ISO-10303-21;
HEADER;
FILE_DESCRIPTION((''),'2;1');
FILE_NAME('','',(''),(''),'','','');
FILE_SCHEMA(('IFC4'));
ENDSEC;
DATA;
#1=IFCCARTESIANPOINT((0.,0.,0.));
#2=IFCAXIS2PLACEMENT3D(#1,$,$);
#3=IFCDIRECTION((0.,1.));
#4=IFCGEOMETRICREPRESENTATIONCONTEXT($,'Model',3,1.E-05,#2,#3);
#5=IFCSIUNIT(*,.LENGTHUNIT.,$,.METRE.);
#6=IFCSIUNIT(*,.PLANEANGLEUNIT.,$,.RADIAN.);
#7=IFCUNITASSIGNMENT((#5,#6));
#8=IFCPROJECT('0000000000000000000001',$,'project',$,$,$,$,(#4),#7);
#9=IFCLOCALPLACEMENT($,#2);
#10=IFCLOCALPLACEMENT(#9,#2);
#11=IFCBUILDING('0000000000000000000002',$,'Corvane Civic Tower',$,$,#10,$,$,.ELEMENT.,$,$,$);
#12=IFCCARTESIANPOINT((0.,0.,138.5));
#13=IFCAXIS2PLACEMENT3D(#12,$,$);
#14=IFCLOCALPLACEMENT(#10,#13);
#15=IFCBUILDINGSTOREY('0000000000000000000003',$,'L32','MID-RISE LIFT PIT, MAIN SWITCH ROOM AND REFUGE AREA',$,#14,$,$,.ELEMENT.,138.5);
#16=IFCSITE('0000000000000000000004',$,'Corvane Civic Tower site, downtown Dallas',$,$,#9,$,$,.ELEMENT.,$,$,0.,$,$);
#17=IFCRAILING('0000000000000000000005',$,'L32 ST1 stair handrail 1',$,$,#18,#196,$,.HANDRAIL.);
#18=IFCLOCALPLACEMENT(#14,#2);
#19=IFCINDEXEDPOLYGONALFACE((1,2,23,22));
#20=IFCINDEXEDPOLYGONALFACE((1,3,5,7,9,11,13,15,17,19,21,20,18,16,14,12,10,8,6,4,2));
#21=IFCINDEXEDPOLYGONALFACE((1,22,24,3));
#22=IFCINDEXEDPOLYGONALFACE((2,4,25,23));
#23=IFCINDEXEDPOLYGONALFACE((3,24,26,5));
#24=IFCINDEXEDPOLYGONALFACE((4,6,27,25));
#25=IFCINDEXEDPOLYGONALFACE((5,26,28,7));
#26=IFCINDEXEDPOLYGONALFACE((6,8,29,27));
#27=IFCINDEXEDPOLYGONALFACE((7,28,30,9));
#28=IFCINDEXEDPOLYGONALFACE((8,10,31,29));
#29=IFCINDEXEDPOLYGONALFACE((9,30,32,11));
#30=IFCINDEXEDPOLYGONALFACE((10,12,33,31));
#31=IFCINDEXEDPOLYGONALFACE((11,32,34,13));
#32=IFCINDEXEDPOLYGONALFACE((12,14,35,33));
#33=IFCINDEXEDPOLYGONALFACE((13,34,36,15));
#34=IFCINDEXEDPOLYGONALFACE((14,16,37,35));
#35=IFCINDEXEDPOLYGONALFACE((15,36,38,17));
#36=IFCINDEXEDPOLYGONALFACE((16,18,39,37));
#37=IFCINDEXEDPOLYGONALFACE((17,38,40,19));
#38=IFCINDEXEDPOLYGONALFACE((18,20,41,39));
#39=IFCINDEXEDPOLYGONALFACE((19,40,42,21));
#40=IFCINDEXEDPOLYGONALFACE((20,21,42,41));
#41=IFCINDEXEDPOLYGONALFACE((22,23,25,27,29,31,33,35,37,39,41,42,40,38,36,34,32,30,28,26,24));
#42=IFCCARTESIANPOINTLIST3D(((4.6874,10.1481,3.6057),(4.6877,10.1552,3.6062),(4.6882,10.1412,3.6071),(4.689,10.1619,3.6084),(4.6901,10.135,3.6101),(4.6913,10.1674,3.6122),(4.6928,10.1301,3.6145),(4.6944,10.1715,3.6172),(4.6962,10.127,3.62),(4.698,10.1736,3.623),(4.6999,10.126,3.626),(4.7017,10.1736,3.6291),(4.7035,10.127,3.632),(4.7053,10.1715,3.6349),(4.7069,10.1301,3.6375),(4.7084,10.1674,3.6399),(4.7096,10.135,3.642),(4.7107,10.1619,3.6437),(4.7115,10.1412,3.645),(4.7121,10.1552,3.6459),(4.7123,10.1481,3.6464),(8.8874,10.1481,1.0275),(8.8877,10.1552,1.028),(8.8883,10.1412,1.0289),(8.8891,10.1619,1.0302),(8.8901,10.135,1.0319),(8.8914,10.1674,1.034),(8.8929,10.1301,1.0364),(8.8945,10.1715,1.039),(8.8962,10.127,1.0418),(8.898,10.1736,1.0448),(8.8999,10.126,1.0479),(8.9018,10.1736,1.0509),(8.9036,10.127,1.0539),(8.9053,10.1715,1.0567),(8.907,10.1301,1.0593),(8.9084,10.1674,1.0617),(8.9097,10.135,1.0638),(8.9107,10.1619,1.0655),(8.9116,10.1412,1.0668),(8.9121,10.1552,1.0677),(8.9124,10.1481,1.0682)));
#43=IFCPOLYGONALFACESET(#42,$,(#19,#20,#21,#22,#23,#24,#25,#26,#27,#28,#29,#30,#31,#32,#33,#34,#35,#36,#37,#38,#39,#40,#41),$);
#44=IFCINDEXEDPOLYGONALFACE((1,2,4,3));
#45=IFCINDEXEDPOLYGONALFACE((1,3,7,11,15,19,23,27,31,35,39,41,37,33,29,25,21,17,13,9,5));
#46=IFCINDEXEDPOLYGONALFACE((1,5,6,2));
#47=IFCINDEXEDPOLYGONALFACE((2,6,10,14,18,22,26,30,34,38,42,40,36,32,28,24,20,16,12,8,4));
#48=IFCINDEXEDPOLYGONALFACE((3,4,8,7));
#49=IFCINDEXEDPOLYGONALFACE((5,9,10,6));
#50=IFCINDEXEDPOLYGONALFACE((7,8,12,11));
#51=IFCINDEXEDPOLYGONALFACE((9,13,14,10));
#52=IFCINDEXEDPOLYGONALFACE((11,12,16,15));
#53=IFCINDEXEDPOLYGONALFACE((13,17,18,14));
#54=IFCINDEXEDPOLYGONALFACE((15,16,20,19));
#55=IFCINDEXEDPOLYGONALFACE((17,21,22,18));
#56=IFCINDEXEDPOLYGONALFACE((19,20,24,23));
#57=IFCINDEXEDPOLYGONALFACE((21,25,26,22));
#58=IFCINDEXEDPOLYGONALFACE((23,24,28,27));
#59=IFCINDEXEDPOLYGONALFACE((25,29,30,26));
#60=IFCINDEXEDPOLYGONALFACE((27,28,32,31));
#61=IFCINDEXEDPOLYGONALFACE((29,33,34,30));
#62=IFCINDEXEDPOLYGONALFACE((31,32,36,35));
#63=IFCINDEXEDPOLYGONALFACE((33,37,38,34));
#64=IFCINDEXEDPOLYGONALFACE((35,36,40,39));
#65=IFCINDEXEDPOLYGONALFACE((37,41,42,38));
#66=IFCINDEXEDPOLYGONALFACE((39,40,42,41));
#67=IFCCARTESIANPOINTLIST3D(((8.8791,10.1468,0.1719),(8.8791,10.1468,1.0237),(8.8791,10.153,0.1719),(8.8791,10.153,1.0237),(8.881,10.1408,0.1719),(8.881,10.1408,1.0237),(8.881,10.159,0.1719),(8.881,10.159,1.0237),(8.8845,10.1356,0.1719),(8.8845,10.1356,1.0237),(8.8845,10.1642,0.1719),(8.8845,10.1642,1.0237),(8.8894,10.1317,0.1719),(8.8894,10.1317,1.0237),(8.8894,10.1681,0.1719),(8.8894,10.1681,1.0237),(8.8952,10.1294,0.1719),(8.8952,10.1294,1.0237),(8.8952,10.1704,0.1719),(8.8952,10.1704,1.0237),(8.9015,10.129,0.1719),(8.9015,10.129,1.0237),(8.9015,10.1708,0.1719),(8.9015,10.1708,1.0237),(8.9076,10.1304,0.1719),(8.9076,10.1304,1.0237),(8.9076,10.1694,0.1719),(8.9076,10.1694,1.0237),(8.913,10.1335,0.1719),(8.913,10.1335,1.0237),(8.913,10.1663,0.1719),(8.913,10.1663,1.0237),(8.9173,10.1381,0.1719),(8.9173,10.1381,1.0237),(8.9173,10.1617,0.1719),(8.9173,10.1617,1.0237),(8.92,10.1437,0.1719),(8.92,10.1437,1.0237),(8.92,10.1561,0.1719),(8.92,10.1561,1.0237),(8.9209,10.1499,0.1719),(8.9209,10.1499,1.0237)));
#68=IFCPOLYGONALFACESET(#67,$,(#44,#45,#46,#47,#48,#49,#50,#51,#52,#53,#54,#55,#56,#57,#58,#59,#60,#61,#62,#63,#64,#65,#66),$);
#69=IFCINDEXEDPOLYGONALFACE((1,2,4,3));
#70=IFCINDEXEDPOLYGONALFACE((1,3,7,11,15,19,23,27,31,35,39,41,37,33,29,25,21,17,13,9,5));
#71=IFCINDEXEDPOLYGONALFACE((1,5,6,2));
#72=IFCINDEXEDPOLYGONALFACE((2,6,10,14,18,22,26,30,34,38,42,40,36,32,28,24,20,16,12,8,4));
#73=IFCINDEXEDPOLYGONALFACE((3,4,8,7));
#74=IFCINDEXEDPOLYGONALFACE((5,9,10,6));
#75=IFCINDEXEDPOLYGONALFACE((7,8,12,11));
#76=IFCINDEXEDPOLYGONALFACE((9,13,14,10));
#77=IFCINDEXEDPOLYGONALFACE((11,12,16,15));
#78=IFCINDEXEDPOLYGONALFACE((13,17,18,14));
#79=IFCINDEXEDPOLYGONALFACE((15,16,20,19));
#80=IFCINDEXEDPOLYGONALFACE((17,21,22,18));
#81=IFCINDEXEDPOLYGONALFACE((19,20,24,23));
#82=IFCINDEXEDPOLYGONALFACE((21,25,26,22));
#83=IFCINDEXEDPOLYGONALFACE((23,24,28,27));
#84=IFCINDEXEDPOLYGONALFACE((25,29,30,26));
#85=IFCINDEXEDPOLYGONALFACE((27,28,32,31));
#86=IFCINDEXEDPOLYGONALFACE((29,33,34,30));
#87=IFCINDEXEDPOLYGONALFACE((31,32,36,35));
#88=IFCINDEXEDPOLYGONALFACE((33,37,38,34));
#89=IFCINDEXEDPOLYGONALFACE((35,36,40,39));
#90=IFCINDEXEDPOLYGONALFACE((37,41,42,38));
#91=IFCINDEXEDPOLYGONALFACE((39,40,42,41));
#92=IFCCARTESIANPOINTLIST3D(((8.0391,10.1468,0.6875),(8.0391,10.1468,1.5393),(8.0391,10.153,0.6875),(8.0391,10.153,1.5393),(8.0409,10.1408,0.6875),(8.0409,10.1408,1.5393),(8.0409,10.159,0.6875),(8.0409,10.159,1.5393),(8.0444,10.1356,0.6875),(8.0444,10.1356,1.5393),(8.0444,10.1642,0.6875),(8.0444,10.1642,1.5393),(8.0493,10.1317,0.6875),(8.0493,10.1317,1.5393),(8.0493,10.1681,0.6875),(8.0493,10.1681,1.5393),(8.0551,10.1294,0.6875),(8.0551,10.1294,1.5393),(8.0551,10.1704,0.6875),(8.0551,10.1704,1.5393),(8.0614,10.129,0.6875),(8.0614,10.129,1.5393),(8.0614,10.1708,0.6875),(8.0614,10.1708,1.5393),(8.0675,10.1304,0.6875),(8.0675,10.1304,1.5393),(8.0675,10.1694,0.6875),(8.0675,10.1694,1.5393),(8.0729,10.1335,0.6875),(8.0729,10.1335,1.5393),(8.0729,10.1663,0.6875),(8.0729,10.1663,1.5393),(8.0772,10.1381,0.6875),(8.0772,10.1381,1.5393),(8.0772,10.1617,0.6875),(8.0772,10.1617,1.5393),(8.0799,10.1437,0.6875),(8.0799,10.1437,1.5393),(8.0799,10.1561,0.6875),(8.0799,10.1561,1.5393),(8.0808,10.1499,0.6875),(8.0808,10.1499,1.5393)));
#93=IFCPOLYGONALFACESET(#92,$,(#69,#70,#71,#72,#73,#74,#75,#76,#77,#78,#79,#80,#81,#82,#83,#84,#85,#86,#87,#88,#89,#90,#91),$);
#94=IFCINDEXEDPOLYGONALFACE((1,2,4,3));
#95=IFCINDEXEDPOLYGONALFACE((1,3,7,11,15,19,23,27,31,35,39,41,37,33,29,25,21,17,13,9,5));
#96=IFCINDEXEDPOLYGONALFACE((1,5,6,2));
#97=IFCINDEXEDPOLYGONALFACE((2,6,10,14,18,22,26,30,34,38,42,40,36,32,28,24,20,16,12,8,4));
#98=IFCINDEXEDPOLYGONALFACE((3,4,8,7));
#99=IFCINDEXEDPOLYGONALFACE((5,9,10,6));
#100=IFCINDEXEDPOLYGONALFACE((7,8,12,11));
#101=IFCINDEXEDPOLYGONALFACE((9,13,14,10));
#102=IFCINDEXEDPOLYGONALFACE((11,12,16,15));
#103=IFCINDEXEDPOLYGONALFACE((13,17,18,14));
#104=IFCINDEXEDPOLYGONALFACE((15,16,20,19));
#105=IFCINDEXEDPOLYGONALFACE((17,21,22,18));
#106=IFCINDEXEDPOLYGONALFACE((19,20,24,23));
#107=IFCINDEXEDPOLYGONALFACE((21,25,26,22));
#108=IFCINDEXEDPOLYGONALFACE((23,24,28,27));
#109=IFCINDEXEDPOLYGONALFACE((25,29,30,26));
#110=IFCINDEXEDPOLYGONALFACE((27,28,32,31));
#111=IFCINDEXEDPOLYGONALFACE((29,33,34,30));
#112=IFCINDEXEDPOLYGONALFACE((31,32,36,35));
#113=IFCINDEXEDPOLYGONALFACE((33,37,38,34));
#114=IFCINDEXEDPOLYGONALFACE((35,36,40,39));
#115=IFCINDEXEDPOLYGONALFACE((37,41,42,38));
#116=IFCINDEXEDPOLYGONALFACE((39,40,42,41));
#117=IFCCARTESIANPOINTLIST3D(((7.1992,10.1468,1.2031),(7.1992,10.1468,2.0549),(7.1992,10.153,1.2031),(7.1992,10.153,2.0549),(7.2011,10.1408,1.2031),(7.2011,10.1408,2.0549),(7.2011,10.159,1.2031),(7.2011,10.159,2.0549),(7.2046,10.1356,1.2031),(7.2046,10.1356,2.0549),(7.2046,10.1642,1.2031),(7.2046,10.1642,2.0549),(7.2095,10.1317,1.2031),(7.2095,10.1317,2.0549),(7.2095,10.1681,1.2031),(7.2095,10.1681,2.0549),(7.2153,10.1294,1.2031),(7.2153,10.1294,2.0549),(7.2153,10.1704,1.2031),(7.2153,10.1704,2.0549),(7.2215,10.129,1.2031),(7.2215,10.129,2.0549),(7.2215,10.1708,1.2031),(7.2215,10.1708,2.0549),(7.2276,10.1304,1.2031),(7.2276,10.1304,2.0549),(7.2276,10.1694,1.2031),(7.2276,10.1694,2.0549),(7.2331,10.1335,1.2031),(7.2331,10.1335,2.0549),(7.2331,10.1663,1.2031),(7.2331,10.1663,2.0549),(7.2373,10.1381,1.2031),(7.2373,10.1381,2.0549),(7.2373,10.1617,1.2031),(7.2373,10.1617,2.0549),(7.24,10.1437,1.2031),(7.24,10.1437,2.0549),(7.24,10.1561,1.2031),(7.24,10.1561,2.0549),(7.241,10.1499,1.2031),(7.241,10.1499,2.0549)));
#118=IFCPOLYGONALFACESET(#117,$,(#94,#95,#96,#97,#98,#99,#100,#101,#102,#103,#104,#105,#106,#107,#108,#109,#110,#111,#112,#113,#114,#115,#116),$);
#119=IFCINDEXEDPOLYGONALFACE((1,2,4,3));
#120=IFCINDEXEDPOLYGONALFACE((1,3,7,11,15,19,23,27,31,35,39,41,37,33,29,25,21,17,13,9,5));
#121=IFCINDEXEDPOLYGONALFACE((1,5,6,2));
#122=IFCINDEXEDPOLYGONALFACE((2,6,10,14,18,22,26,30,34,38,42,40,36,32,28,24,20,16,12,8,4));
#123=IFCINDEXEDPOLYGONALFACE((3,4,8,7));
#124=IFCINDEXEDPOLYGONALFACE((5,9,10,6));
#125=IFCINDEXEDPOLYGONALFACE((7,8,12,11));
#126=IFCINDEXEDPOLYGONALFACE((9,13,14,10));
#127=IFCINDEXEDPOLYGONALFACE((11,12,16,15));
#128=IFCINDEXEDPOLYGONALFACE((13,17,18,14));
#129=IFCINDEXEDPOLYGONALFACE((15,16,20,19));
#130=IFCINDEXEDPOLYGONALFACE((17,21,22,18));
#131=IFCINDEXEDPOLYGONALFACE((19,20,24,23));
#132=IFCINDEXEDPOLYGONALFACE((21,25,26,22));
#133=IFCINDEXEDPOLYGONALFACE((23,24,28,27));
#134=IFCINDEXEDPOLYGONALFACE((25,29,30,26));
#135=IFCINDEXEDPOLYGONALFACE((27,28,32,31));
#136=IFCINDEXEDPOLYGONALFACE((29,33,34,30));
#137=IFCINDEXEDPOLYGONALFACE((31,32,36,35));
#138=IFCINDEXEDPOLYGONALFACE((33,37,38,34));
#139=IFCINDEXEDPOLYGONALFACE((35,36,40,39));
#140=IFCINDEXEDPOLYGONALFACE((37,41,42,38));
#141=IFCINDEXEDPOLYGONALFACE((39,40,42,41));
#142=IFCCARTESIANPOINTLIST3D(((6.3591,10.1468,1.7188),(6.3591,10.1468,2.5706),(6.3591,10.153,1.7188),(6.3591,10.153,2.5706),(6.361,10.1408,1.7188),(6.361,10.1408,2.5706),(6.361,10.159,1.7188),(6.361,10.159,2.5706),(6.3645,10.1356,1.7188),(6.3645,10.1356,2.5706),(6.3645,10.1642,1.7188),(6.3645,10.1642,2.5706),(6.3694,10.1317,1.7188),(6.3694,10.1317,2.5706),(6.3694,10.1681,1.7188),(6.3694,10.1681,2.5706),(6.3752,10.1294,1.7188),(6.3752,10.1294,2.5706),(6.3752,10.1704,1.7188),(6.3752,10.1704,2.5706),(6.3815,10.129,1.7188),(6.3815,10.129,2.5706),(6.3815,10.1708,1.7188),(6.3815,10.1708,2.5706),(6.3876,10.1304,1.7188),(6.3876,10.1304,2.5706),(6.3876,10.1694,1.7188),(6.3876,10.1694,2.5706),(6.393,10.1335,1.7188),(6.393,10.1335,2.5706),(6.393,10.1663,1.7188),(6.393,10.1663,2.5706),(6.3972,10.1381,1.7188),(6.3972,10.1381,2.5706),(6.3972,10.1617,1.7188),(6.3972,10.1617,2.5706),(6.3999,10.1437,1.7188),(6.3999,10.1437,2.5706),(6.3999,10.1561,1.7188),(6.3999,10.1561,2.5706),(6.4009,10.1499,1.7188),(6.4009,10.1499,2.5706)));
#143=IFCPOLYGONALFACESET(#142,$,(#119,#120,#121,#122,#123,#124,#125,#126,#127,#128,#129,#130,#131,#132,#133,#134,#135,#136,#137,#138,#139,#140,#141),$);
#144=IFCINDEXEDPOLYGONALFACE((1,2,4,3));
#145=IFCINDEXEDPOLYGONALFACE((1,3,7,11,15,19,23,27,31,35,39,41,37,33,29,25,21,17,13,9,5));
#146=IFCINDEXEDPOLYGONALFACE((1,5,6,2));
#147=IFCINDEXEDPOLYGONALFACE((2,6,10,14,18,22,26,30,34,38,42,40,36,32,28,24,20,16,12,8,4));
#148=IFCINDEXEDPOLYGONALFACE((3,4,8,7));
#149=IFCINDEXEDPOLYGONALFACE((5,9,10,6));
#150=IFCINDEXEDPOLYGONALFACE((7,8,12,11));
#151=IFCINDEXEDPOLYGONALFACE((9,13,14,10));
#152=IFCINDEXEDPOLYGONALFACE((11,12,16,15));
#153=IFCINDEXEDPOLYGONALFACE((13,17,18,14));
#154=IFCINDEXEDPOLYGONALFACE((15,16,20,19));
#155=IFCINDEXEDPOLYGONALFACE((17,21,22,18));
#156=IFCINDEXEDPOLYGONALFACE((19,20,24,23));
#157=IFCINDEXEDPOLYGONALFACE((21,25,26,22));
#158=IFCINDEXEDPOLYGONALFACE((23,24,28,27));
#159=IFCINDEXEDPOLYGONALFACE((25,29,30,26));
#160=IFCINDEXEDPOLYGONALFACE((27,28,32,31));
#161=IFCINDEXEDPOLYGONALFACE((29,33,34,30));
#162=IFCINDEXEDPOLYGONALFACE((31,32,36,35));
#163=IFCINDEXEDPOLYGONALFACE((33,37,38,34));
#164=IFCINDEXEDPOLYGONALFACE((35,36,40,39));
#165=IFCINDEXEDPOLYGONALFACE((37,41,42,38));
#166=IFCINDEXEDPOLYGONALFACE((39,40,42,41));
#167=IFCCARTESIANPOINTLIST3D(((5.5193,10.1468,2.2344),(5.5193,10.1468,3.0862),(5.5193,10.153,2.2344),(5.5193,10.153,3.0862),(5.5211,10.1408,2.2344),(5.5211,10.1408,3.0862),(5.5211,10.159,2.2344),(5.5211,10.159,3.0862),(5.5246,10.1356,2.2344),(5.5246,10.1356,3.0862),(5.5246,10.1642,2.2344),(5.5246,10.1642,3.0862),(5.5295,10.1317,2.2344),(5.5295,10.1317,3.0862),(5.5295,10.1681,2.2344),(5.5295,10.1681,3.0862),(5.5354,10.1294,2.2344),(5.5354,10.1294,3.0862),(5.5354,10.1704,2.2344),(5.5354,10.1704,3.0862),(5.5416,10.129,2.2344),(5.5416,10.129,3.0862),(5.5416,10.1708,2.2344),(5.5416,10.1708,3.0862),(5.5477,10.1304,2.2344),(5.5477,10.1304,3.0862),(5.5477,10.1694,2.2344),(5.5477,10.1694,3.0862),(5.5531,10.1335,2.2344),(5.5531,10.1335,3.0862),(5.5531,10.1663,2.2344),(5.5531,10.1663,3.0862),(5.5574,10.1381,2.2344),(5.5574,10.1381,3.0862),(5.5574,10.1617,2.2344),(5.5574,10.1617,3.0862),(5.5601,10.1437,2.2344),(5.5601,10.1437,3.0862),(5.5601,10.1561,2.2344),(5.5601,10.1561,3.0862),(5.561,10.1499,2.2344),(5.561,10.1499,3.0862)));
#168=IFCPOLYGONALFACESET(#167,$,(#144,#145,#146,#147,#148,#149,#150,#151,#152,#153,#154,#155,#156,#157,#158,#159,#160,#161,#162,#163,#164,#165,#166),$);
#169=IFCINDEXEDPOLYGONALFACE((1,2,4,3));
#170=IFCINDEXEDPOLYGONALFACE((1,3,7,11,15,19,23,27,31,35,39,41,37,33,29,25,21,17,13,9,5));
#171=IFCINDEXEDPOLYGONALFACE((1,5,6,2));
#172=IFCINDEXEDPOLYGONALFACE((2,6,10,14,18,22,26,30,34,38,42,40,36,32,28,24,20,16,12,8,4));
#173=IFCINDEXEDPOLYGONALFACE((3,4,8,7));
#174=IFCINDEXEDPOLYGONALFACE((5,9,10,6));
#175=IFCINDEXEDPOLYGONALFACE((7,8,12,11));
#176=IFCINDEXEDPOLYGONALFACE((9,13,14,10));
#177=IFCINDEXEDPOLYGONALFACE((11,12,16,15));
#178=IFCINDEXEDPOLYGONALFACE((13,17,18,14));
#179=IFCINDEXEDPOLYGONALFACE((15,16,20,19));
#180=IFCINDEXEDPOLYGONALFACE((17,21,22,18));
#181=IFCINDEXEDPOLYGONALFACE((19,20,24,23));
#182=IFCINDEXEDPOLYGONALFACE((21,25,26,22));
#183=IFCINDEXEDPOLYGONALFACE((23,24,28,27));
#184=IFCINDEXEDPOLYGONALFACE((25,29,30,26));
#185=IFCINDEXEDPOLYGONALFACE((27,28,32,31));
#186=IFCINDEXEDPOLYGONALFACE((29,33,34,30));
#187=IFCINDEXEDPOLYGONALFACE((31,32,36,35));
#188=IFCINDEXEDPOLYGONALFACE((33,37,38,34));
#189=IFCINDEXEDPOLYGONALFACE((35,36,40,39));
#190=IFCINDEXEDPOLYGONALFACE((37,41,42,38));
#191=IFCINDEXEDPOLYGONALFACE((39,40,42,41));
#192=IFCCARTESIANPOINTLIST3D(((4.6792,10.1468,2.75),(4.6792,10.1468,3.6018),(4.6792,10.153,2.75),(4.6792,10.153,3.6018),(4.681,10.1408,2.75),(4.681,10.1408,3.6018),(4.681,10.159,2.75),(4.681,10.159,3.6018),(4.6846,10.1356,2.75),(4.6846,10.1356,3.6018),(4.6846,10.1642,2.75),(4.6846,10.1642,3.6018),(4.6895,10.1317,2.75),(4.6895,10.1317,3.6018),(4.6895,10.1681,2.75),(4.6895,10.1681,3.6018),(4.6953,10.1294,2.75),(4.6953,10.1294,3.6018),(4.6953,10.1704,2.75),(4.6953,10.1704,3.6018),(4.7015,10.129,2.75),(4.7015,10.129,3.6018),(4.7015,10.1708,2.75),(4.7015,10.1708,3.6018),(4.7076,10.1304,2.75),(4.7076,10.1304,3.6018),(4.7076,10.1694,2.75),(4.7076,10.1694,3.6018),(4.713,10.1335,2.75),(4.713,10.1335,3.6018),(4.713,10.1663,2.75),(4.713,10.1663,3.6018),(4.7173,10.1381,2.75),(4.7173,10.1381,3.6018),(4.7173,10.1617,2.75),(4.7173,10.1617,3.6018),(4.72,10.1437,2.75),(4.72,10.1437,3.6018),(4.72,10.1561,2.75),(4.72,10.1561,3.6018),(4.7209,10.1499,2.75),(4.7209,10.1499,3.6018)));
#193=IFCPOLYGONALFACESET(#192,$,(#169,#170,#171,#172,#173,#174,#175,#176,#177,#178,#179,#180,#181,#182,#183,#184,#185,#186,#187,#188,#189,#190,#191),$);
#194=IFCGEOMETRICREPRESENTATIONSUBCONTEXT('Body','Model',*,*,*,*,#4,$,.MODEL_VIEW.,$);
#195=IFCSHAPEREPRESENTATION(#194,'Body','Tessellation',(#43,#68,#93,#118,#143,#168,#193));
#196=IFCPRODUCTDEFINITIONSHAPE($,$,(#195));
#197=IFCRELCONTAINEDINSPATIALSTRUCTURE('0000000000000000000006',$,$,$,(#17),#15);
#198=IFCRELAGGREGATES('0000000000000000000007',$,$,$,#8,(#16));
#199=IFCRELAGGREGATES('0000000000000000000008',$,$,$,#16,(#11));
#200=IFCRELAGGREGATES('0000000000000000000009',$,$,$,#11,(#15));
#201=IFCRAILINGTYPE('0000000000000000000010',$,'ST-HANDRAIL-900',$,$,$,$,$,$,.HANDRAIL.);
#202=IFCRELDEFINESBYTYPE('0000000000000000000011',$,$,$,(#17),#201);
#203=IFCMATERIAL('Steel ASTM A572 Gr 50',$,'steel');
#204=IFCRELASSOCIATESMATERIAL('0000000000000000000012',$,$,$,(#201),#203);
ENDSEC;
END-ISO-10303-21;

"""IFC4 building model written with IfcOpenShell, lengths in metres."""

from ifc_helpers import new_model, si_unit, direction, frame, origin, origin_2d, place, context, subcontext, project, spatial, circle, extrude, material, type_object, element, save


model = new_model("IFC4")

# Units and contexts
model_context = context("Model", 3, precision=1e-05, world=origin(), true_north=direction((0.0, 1.0)))
body_context = subcontext(model_context, "Body", "Model", "MODEL_VIEW")
ifc_project = project(units=[si_unit("LENGTHUNIT", "METRE"), si_unit("PLANEANGLEUNIT", "RADIAN")], contexts=[model_context])

# Site, building, storey
site_placement = place(None, origin())
site = spatial("IfcSite", under=ifc_project, at=site_placement, Name="Corvane Civic Tower site, downtown Dallas", CompositionType="ELEMENT", RefElevation=0.0)
building_placement = place(site_placement, origin())
building = spatial("IfcBuilding", under=site, at=building_placement, Name="Corvane Civic Tower", CompositionType="ELEMENT")
storey_placement = place(building_placement, frame((0.0, 0.0, 138.5)))
storey = spatial("IfcBuildingStorey", under=building, at=storey_placement, Name="L32", Description="MID-RISE LIFT PIT, MAIN SWITCH ROOM AND REFUGE AREA", CompositionType="ELEMENT", Elevation=138.5)

# Railing
ifc_material_1 = material(Name="Steel ASTM A572 Gr 50", Category="steel")
railing_type_1 = type_object("IfcRailingType", Name="ST-HANDRAIL-900", PredefinedType="HANDRAIL", material=ifc_material_1)
railing_1_placement = place(storey_placement, frame((8.8999, 10.1499, 0.1719)))
element("IfcRailing", 1, at=railing_1_placement, inside=storey, type_object=railing_type_1, Name="L32 ST1 stair handrail 1", PredefinedType="HANDRAIL", context=body_context, shape_type="SweptSolid", body=[
    extrude(circle(Radius=0.0239, at=origin_2d()), frame((0.0, 0.0, 0.876), z_axis=(-0.852243, 0.0, 0.523146), x_axis=(0.0, -1.0, 0.0)), (0.0, 0.0, 1.0), 4.9282),
    extrude(circle(Radius=0.021, at=origin_2d()), origin(), (0.0, 0.0, 1.0), 0.8518),
    extrude(circle(Radius=0.021, at=origin_2d()), frame((-0.8401, 0.0, 0.5156)), (0.0, 0.0, 1.0), 0.8518),
    extrude(circle(Radius=0.021, at=origin_2d()), frame((-1.6799, 0.0, 1.0312)), (0.0, 0.0, 1.0), 0.8518),
    extrude(circle(Radius=0.021, at=origin_2d()), frame((-2.52, 0.0, 1.5469)), (0.0, 0.0, 1.0), 0.8518),
    extrude(circle(Radius=0.021, at=origin_2d()), frame((-3.3599, 0.0, 2.0625)), (0.0, 0.0, 1.0), 0.8518),
    extrude(circle(Radius=0.021, at=origin_2d()), frame((-4.2, 0.0, 2.5781)), (0.0, 0.0, 1.0), 0.8518),
])

save(model, "model.ifc")
